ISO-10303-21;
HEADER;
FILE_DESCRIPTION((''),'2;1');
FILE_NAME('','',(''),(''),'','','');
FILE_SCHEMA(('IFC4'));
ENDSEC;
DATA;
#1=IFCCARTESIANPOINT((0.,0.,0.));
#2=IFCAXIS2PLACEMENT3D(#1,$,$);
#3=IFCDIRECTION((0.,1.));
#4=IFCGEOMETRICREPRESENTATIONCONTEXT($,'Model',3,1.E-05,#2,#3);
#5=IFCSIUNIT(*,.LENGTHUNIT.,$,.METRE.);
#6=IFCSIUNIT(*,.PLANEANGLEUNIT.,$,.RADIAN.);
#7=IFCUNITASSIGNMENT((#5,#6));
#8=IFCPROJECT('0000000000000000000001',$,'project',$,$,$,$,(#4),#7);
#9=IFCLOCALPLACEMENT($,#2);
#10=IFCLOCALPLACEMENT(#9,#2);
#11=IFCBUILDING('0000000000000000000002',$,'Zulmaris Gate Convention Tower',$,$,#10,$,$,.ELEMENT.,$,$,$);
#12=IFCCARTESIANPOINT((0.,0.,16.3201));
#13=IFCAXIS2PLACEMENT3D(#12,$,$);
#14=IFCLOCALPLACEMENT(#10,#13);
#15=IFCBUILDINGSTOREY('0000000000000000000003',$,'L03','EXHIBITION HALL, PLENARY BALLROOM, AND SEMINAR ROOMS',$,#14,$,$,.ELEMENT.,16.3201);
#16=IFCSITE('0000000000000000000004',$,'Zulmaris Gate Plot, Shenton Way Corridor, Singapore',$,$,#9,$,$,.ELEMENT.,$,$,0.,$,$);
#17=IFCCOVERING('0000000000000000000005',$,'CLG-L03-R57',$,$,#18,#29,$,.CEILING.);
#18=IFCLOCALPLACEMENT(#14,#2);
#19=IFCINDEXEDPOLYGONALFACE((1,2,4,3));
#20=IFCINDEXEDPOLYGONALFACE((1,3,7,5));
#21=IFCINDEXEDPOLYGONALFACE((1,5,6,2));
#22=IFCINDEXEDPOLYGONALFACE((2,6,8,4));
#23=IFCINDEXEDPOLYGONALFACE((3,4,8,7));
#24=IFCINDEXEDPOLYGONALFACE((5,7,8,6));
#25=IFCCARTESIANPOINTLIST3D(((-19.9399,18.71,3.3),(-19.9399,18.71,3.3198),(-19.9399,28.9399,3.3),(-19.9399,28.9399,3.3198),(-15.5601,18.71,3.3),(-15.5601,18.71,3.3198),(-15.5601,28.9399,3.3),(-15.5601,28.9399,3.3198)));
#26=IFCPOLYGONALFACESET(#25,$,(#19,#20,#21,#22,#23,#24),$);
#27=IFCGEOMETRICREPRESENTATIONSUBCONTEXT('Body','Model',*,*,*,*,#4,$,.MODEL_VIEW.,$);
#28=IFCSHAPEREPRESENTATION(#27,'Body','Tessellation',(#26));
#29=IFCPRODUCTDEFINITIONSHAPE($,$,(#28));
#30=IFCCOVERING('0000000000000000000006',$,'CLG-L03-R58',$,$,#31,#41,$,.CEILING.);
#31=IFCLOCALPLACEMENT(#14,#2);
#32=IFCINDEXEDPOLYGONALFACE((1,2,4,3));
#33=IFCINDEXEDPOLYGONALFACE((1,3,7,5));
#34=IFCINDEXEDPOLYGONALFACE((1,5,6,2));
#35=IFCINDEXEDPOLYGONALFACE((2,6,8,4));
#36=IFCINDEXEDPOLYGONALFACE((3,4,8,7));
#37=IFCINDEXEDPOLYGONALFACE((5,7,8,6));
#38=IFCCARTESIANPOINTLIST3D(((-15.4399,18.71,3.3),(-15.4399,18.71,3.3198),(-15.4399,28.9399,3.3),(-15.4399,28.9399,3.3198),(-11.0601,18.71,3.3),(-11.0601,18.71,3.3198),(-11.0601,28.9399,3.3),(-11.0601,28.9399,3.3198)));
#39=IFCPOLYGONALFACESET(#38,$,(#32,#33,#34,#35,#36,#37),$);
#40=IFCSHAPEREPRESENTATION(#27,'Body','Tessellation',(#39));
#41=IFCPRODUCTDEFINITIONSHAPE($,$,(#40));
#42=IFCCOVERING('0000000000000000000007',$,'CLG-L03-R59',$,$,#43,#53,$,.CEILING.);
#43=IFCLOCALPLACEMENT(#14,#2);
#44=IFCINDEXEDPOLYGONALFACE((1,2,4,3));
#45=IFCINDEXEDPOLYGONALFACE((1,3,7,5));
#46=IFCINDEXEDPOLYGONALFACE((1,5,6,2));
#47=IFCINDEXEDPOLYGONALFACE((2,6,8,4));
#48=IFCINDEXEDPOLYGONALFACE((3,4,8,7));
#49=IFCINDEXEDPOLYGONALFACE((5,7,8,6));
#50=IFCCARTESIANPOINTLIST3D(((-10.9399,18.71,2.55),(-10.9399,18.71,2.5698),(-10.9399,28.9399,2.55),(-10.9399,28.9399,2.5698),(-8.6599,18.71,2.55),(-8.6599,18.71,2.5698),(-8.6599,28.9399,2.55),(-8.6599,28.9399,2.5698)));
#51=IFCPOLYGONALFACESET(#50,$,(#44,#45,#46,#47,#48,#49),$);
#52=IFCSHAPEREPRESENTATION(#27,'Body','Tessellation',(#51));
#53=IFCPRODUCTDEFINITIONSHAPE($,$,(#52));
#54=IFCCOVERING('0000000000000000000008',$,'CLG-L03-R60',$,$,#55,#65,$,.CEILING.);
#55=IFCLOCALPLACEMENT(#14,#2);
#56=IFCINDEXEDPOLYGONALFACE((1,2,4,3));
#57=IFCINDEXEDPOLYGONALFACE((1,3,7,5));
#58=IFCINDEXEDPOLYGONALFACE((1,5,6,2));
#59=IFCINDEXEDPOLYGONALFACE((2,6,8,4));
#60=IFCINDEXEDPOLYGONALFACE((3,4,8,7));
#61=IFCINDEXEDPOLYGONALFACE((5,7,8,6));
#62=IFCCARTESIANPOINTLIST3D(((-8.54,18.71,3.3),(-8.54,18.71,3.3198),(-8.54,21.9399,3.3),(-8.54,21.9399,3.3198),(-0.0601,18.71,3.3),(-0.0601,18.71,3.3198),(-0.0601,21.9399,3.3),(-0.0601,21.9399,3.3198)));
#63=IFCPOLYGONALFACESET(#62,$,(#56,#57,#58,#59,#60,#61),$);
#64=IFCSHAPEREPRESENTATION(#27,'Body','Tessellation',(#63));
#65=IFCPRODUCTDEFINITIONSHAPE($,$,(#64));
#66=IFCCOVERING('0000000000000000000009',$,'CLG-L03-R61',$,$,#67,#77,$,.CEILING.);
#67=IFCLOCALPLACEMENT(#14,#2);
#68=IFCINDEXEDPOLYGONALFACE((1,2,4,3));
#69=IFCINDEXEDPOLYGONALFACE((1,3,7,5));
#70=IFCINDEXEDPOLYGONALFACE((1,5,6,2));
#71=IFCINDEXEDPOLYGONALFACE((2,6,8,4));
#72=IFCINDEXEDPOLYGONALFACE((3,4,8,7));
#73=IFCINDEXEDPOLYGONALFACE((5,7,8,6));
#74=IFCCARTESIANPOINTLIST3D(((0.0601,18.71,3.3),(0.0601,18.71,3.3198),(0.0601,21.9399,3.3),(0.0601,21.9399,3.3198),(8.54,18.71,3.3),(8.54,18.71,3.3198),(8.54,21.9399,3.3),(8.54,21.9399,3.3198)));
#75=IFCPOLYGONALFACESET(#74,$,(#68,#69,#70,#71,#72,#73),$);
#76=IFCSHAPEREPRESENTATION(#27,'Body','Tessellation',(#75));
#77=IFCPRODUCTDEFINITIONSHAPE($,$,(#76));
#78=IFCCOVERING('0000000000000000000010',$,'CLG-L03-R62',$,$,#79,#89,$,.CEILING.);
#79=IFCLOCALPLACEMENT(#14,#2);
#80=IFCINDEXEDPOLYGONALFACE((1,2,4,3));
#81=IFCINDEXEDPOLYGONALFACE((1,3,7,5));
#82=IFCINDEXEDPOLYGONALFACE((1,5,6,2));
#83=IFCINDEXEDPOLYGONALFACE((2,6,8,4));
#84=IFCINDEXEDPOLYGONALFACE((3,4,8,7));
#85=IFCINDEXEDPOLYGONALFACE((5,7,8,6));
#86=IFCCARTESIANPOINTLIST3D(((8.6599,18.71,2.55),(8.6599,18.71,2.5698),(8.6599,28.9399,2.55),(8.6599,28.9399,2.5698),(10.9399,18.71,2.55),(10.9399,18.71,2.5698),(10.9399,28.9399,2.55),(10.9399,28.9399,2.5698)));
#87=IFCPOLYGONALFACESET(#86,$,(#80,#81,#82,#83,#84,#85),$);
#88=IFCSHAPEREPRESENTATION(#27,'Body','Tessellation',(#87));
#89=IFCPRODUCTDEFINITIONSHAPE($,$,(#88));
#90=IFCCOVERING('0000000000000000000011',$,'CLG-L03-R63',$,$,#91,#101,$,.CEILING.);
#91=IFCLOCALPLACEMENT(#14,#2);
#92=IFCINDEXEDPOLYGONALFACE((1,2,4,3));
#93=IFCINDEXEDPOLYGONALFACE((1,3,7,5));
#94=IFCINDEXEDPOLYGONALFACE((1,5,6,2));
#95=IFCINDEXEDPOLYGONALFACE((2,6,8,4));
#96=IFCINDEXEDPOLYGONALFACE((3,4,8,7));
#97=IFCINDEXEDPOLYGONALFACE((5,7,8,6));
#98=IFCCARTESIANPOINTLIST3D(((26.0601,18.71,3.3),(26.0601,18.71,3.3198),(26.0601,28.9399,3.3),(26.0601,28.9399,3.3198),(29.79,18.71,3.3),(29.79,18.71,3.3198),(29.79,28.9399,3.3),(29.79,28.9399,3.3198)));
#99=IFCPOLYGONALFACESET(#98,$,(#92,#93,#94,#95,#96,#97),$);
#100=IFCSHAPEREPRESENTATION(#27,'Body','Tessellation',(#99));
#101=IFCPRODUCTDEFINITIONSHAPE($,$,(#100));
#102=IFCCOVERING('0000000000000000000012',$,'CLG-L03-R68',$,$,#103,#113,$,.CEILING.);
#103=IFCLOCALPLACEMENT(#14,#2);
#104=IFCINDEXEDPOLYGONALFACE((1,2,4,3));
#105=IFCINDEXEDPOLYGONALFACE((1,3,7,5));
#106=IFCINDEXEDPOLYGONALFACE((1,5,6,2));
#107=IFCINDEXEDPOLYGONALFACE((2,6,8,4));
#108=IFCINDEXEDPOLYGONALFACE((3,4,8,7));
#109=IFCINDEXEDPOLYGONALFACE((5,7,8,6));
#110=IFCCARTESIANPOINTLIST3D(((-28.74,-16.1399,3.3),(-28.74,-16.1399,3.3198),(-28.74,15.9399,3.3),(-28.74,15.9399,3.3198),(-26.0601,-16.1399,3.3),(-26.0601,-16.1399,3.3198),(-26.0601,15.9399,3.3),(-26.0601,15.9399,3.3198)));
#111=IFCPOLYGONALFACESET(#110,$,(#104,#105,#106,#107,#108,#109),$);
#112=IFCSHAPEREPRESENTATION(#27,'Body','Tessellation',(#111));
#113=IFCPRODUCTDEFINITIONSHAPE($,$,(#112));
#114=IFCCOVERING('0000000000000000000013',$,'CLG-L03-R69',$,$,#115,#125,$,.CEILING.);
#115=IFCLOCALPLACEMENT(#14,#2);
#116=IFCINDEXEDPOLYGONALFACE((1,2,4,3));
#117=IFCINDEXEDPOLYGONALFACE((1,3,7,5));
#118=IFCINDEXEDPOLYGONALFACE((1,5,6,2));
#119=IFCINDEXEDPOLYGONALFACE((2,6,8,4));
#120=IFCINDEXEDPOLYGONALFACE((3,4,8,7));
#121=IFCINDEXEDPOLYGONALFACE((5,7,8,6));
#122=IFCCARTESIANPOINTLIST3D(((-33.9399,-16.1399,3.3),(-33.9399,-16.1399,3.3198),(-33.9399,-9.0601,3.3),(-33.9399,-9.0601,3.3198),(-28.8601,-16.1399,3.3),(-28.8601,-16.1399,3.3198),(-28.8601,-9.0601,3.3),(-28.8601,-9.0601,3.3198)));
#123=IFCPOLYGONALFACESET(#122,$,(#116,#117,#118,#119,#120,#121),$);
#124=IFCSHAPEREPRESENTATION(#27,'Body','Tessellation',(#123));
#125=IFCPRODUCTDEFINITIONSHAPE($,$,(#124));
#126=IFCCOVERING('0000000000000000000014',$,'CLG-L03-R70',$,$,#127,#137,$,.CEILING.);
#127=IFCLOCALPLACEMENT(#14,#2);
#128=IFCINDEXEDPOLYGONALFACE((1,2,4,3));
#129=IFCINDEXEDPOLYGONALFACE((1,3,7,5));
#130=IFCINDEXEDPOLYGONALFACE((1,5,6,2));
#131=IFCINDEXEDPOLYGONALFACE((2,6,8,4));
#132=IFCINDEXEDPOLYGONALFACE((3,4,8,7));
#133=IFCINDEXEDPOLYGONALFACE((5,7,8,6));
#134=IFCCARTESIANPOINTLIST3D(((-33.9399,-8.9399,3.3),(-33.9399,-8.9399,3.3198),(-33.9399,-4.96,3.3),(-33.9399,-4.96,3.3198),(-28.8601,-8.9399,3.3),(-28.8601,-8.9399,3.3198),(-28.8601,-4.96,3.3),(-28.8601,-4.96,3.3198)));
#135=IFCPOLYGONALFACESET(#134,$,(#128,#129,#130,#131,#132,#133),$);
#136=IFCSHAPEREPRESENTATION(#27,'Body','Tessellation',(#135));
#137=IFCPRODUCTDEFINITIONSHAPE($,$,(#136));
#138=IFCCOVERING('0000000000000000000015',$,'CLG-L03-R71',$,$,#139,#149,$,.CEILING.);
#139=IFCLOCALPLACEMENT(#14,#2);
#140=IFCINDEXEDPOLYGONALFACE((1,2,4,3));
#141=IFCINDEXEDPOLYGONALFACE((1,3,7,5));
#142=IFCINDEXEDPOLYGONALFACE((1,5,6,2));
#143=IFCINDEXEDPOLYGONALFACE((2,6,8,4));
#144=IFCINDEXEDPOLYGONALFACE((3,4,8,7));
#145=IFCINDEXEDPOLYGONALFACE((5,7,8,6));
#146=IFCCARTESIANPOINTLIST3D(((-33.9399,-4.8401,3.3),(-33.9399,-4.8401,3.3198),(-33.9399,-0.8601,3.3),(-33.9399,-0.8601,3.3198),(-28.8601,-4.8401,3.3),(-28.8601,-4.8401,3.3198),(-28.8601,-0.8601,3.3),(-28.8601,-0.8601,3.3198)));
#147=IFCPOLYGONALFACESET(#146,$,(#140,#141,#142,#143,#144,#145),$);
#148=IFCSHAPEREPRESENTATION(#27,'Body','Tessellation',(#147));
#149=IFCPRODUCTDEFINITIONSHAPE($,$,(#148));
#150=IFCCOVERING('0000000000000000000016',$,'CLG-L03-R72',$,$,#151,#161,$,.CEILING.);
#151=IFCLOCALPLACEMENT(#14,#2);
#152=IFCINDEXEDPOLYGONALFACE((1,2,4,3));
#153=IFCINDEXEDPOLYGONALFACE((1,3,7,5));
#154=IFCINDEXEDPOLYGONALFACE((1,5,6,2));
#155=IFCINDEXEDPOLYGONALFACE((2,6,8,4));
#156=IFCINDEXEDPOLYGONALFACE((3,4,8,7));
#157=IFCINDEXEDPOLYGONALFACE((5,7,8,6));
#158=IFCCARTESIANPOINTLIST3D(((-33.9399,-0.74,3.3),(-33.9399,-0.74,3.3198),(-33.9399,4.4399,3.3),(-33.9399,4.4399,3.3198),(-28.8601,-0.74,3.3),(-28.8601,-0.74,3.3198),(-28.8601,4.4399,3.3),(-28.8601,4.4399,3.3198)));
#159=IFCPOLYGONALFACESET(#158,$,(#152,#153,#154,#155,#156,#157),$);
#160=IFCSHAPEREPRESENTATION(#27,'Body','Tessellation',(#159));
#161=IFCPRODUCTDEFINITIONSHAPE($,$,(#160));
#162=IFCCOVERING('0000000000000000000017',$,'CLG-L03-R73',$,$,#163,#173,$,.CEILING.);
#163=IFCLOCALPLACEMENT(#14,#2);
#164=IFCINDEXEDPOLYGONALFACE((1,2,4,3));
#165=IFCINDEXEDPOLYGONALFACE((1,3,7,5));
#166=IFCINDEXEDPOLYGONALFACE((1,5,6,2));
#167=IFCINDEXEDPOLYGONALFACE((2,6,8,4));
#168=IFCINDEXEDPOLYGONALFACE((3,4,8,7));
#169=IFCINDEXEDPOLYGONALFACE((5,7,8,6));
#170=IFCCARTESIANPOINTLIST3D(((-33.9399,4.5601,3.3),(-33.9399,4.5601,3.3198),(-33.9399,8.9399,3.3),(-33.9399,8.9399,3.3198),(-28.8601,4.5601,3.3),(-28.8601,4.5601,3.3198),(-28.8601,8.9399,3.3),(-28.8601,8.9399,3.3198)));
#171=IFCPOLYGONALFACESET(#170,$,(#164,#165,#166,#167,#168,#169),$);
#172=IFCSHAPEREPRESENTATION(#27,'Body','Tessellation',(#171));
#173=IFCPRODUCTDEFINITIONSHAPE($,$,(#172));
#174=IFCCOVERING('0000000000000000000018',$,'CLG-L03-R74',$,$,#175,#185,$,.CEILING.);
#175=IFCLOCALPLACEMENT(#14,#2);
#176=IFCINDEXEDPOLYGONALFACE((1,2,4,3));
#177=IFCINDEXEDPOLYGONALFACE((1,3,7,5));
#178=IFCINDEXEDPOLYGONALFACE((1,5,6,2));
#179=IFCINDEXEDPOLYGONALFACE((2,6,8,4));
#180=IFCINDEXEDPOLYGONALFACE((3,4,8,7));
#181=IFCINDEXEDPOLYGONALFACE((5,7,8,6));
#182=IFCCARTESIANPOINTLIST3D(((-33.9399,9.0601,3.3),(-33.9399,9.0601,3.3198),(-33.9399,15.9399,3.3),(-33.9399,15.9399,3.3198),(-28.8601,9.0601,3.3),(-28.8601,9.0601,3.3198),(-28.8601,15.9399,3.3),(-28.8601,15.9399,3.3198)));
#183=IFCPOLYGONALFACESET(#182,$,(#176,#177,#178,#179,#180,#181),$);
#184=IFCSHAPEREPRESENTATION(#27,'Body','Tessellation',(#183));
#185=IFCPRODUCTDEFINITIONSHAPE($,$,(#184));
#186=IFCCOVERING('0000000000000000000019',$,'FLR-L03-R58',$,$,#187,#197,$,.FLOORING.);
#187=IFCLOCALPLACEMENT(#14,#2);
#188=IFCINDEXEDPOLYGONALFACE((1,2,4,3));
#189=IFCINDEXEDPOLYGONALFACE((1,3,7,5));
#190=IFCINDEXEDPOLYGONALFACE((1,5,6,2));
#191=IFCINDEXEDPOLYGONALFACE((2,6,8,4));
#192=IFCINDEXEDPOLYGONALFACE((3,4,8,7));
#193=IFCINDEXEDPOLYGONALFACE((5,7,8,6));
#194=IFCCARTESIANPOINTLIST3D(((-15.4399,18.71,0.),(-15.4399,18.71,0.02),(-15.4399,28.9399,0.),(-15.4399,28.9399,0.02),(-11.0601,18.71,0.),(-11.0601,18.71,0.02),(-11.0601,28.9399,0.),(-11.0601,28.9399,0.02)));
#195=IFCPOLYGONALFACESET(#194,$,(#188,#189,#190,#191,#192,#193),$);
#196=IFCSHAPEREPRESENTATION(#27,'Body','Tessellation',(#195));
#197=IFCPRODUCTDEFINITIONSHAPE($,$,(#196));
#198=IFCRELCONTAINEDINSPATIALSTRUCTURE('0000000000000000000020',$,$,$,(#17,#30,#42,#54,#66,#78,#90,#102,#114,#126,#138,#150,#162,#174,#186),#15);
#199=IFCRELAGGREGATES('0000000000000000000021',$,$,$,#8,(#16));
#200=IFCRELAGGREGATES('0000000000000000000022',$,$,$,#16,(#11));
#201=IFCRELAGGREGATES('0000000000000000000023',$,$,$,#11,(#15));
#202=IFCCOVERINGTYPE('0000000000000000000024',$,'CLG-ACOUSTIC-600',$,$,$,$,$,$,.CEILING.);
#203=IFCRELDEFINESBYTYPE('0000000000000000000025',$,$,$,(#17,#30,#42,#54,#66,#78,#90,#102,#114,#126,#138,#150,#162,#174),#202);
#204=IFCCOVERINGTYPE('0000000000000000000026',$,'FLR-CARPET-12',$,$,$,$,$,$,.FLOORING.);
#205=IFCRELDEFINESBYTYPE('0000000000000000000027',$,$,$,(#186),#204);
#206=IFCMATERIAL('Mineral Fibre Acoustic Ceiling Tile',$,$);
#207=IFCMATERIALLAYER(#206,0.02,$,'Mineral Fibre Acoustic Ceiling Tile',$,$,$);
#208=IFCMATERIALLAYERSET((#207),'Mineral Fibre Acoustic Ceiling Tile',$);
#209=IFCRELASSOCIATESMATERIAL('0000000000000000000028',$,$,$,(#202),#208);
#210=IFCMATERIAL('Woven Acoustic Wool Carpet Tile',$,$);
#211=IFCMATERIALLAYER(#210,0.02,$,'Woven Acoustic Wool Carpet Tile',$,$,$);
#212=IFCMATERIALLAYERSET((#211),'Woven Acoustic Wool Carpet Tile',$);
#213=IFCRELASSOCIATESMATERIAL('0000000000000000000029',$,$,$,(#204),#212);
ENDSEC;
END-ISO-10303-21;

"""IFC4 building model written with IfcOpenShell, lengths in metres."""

from ifc_helpers import new_model, si_unit, direction, frame, origin, place, context, subcontext, project, spatial, polyline, outline, extrude, material, layer, layer_set, type_object, element, save


model = new_model("IFC4")

# Units and contexts
model_context = context("Model", 3, precision=1e-05, world=origin(), true_north=direction((0.0, 1.0)))
body_context = subcontext(model_context, "Body", "Model", "MODEL_VIEW")
ifc_project = project(units=[si_unit("LENGTHUNIT", "METRE"), si_unit("PLANEANGLEUNIT", "RADIAN")], contexts=[model_context])

# Site, building, storey
site_placement = place(None, origin())
site = spatial("IfcSite", under=ifc_project, at=site_placement, Name="Zulmaris Gate Plot, Shenton Way Corridor, Singapore", CompositionType="ELEMENT", RefElevation=0.0)
building_placement = place(site_placement, origin())
building = spatial("IfcBuilding", under=site, at=building_placement, Name="Zulmaris Gate Convention Tower", CompositionType="ELEMENT")
storey_placement = place(building_placement, frame((0.0, 0.0, 16.3201)))
storey = spatial("IfcBuildingStorey", under=building, at=storey_placement, Name="L03", Description="EXHIBITION HALL, PLENARY BALLROOM, AND SEMINAR ROOMS", CompositionType="ELEMENT", Elevation=16.3201)

# Coverings
ifc_material_1 = material(Name="Mineral Fibre Acoustic Ceiling Tile")
ifc_layer_1 = layer(ifc_material_1, 0.02, Name="Mineral Fibre Acoustic Ceiling Tile")
ifc_layer_set_1 = layer_set([ifc_layer_1], Name="Mineral Fibre Acoustic Ceiling Tile")
covering_type_1 = type_object("IfcCoveringType", Name="CLG-ACOUSTIC-600", PredefinedType="CEILING", material=ifc_layer_set_1)
covering_1_placement = place(storey_placement, frame((0.0, 0.0, 3.3)))
element("IfcCovering", 1, at=covering_1_placement, inside=storey, type_object=covering_type_1, Name="CLG-L03-R57", PredefinedType="CEILING", context=body_context, shape_type="SweptSolid", body=[
    extrude(outline(polyline([(-19.9399, 18.71), (-15.5601, 18.71), (-15.5601, 28.9399), (-19.9399, 28.9399), (-19.9399, 18.71)])), origin(), (0.0, 0.0, 1.0), 0.0198),
])
covering_2_placement = place(storey_placement, frame((0.0, 0.0, 3.3)))
element("IfcCovering", 2, at=covering_2_placement, inside=storey, type_object=covering_type_1, Name="CLG-L03-R58", PredefinedType="CEILING", context=body_context, shape_type="SweptSolid", body=[
    extrude(outline(polyline([(-15.4399, 18.71), (-11.0601, 18.71), (-11.0601, 28.9399), (-15.4399, 28.9399), (-15.4399, 18.71)])), origin(), (0.0, 0.0, 1.0), 0.0198),
])
covering_3_placement = place(storey_placement, frame((0.0, 0.0, 2.55)))
element("IfcCovering", 3, at=covering_3_placement, inside=storey, type_object=covering_type_1, Name="CLG-L03-R59", PredefinedType="CEILING", context=body_context, shape_type="SweptSolid", body=[
    extrude(outline(polyline([(-10.9399, 18.71), (-8.6599, 18.71), (-8.6599, 28.9399), (-10.9399, 28.9399), (-10.9399, 18.71)])), origin(), (0.0, 0.0, 1.0), 0.0198),
])
covering_4_placement = place(storey_placement, frame((0.0, 0.0, 3.3)))
element("IfcCovering", 4, at=covering_4_placement, inside=storey, type_object=covering_type_1, Name="CLG-L03-R60", PredefinedType="CEILING", context=body_context, shape_type="SweptSolid", body=[
    extrude(outline(polyline([(-8.54, 18.71), (-0.0601, 18.71), (-0.0601, 21.9399), (-8.54, 21.9399), (-8.54, 18.71)])), origin(), (0.0, 0.0, 1.0), 0.0198),
])
covering_5_placement = place(storey_placement, frame((0.0, 0.0, 3.3)))
element("IfcCovering", 5, at=covering_5_placement, inside=storey, type_object=covering_type_1, Name="CLG-L03-R61", PredefinedType="CEILING", context=body_context, shape_type="SweptSolid", body=[
    extrude(outline(polyline([(0.0601, 18.71), (8.54, 18.71), (8.54, 21.9399), (0.0601, 21.9399), (0.0601, 18.71)])), origin(), (0.0, 0.0, 1.0), 0.0198),
])
covering_6_placement = place(storey_placement, frame((0.0, 0.0, 2.55)))
element("IfcCovering", 6, at=covering_6_placement, inside=storey, type_object=covering_type_1, Name="CLG-L03-R62", PredefinedType="CEILING", context=body_context, shape_type="SweptSolid", body=[
    extrude(outline(polyline([(8.6599, 18.71), (10.9399, 18.71), (10.9399, 28.9399), (8.6599, 28.9399), (8.6599, 18.71)])), origin(), (0.0, 0.0, 1.0), 0.0198),
])
covering_7_placement = place(storey_placement, frame((0.0, 0.0, 3.3)))
element("IfcCovering", 7, at=covering_7_placement, inside=storey, type_object=covering_type_1, Name="CLG-L03-R63", PredefinedType="CEILING", context=body_context, shape_type="SweptSolid", body=[
    extrude(outline(polyline([(26.0601, 18.71), (29.79, 18.71), (29.79, 28.9399), (26.0601, 28.9399), (26.0601, 18.71)])), origin(), (0.0, 0.0, 1.0), 0.0198),
])
covering_8_placement = place(storey_placement, frame((0.0, 0.0, 3.3)))
element("IfcCovering", 8, at=covering_8_placement, inside=storey, type_object=covering_type_1, Name="CLG-L03-R68", PredefinedType="CEILING", context=body_context, shape_type="SweptSolid", body=[
    extrude(outline(polyline([(-28.74, -16.1399), (-26.0601, -16.1399), (-26.0601, 15.9399), (-28.74, 15.9399), (-28.74, -16.1399)])), origin(), (0.0, 0.0, 1.0), 0.0198),
])
covering_9_placement = place(storey_placement, frame((0.0, 0.0, 3.3)))
element("IfcCovering", 9, at=covering_9_placement, inside=storey, type_object=covering_type_1, Name="CLG-L03-R69", PredefinedType="CEILING", context=body_context, shape_type="SweptSolid", body=[
    extrude(outline(polyline([(-33.9399, -16.1399), (-28.8601, -16.1399), (-28.8601, -9.0601), (-33.9399, -9.0601), (-33.9399, -16.1399)])), origin(), (0.0, 0.0, 1.0), 0.0198),
])
covering_10_placement = place(storey_placement, frame((0.0, 0.0, 3.3)))
element("IfcCovering", 10, at=covering_10_placement, inside=storey, type_object=covering_type_1, Name="CLG-L03-R70", PredefinedType="CEILING", context=body_context, shape_type="SweptSolid", body=[
    extrude(outline(polyline([(-33.9399, -8.9399), (-28.8601, -8.9399), (-28.8601, -4.96), (-33.9399, -4.96), (-33.9399, -8.9399)])), origin(), (0.0, 0.0, 1.0), 0.0198),
])
covering_11_placement = place(storey_placement, frame((0.0, 0.0, 3.3)))
element("IfcCovering", 11, at=covering_11_placement, inside=storey, type_object=covering_type_1, Name="CLG-L03-R71", PredefinedType="CEILING", context=body_context, shape_type="SweptSolid", body=[
    extrude(outline(polyline([(-33.9399, -4.8401), (-28.8601, -4.8401), (-28.8601, -0.8601), (-33.9399, -0.8601), (-33.9399, -4.8401)])), origin(), (0.0, 0.0, 1.0), 0.0198),
])
covering_12_placement = place(storey_placement, frame((0.0, 0.0, 3.3)))
element("IfcCovering", 12, at=covering_12_placement, inside=storey, type_object=covering_type_1, Name="CLG-L03-R72", PredefinedType="CEILING", context=body_context, shape_type="SweptSolid", body=[
    extrude(outline(polyline([(-33.9399, -0.74), (-28.8601, -0.74), (-28.8601, 4.4399), (-33.9399, 4.4399), (-33.9399, -0.74)])), origin(), (0.0, 0.0, 1.0), 0.0198),
])
covering_13_placement = place(storey_placement, frame((0.0, 0.0, 3.3)))
element("IfcCovering", 13, at=covering_13_placement, inside=storey, type_object=covering_type_1, Name="CLG-L03-R73", PredefinedType="CEILING", context=body_context, shape_type="SweptSolid", body=[
    extrude(outline(polyline([(-33.9399, 4.5601), (-28.8601, 4.5601), (-28.8601, 8.9399), (-33.9399, 8.9399), (-33.9399, 4.5601)])), origin(), (0.0, 0.0, 1.0), 0.0198),
])
covering_14_placement = place(storey_placement, frame((0.0, 0.0, 3.3)))
element("IfcCovering", 14, at=covering_14_placement, inside=storey, type_object=covering_type_1, Name="CLG-L03-R74", PredefinedType="CEILING", context=body_context, shape_type="SweptSolid", body=[
    extrude(outline(polyline([(-33.9399, 9.0601), (-28.8601, 9.0601), (-28.8601, 15.9399), (-33.9399, 15.9399), (-33.9399, 9.0601)])), origin(), (0.0, 0.0, 1.0), 0.0198),
])
ifc_material_2 = material(Name="Woven Acoustic Wool Carpet Tile")
ifc_layer_2 = layer(ifc_material_2, 0.02, Name="Woven Acoustic Wool Carpet Tile")
ifc_layer_set_2 = layer_set([ifc_layer_2], Name="Woven Acoustic Wool Carpet Tile")
covering_type_2 = type_object("IfcCoveringType", Name="FLR-CARPET-12", PredefinedType="FLOORING", material=ifc_layer_set_2)
covering_15_placement = place(storey_placement, origin())
element("IfcCovering", 15, at=covering_15_placement, inside=storey, type_object=covering_type_2, Name="FLR-L03-R58", PredefinedType="FLOORING", context=body_context, shape_type="SweptSolid", body=[
    extrude(outline(polyline([(-15.4399, 18.71), (-11.0601, 18.71), (-11.0601, 28.9399), (-15.4399, 28.9399), (-15.4399, 18.71)])), origin(), (0.0, 0.0, 1.0), 0.02),
])

save(model, "model.ifc")
